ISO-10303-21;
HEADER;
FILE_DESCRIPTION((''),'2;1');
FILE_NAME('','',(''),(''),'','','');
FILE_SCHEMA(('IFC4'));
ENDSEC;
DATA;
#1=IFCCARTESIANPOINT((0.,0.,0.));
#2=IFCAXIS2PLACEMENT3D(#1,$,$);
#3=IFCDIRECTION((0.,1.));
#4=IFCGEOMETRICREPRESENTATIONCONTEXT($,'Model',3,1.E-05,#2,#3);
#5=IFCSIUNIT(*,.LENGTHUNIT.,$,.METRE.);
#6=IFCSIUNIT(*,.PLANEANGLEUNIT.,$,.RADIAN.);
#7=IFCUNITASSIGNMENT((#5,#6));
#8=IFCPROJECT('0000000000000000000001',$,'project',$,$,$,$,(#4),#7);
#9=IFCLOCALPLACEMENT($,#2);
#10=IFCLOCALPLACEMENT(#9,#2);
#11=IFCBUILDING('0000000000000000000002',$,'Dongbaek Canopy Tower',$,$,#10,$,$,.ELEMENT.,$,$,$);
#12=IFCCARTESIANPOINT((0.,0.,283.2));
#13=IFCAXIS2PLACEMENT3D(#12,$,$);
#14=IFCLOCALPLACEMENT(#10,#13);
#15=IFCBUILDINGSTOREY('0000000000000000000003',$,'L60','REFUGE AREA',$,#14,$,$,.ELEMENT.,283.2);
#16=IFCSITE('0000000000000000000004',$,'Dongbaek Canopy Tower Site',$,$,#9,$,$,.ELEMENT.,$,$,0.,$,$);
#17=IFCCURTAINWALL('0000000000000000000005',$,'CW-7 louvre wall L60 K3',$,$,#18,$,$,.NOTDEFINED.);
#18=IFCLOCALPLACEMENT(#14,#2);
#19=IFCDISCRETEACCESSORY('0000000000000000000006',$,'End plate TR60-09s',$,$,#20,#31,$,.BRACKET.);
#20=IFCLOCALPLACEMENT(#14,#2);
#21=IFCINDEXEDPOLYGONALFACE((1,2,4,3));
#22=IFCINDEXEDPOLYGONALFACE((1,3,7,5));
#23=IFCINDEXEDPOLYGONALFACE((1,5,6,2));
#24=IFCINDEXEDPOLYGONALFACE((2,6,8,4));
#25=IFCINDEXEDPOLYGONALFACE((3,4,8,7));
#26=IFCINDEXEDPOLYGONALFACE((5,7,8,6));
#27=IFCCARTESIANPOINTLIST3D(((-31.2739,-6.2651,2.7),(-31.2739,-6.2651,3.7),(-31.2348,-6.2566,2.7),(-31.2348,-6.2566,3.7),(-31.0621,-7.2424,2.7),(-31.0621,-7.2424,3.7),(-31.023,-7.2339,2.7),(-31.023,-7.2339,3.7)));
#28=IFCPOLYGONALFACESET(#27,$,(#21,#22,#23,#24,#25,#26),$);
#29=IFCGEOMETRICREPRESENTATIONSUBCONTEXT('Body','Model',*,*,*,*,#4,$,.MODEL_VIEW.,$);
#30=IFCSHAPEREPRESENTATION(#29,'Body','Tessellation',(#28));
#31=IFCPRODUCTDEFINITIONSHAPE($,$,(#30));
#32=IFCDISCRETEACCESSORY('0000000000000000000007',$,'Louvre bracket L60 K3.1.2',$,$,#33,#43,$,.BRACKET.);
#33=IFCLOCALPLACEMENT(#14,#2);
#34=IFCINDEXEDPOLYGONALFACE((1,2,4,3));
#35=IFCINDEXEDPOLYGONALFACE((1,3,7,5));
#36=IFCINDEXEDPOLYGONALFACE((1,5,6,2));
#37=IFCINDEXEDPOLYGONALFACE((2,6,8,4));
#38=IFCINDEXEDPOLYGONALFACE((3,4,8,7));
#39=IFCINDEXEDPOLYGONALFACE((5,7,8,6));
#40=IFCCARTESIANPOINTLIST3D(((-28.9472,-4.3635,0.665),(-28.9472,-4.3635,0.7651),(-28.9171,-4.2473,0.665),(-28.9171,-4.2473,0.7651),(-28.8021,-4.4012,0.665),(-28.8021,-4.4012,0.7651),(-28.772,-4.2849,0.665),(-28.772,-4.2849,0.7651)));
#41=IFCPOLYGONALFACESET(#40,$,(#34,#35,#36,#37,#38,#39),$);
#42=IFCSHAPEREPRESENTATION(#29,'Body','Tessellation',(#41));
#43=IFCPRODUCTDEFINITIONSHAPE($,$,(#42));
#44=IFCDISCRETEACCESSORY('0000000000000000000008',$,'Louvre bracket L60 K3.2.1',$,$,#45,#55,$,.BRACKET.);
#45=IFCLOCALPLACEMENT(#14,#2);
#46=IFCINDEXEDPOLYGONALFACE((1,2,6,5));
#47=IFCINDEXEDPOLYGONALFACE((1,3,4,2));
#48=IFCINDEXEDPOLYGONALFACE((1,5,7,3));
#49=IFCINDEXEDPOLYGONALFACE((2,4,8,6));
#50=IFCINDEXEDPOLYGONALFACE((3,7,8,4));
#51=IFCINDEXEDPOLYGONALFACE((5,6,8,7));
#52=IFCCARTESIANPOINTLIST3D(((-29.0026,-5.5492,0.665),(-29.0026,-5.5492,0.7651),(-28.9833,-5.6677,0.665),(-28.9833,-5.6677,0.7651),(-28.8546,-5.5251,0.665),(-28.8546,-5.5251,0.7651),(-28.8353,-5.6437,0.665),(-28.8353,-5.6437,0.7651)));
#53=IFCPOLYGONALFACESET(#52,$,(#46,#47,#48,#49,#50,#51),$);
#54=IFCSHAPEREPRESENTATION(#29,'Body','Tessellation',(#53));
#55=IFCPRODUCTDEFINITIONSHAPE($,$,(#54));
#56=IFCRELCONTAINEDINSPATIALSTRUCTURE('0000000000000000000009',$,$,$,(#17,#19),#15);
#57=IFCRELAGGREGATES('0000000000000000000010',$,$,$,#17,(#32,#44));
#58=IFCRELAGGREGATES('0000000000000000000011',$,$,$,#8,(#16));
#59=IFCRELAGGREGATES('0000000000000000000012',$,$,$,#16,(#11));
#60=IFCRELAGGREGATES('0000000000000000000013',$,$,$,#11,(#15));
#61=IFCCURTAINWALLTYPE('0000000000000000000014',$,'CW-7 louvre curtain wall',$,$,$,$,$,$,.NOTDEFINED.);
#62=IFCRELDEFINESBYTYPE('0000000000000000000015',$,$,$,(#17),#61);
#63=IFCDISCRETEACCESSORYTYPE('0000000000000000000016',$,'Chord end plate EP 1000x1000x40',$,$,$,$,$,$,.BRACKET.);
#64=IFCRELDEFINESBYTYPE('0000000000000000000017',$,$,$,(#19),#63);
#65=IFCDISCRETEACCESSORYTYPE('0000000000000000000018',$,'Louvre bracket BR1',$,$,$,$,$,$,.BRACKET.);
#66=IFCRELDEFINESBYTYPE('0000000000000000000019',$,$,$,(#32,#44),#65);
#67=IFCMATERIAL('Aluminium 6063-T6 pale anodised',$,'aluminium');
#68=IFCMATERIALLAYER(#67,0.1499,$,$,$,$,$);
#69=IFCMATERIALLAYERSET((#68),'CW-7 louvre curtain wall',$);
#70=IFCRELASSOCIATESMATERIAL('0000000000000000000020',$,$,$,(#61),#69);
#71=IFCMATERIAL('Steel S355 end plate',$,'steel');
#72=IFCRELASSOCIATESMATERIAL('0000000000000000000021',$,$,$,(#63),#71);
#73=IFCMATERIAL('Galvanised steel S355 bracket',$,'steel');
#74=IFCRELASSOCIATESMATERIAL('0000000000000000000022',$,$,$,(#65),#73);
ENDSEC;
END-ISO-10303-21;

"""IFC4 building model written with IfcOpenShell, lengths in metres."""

from ifc_helpers import new_model, si_unit, direction, frame, origin, origin_2d, place, context, subcontext, project, spatial, rectangle, extrude, material, layer, layer_set, type_object, element, aggregate, save


model = new_model("IFC4")

# Units and contexts
model_context = context("Model", 3, precision=1e-05, world=origin(), true_north=direction((0.0, 1.0)))
body_context = subcontext(model_context, "Body", "Model", "MODEL_VIEW")
ifc_project = project(units=[si_unit("LENGTHUNIT", "METRE"), si_unit("PLANEANGLEUNIT", "RADIAN")], contexts=[model_context])

# Site, building, storey
site_placement = place(None, origin())
site = spatial("IfcSite", under=ifc_project, at=site_placement, Name="Dongbaek Canopy Tower Site", CompositionType="ELEMENT", RefElevation=0.0)
building_placement = place(site_placement, origin())
building = spatial("IfcBuilding", under=site, at=building_placement, Name="Dongbaek Canopy Tower", CompositionType="ELEMENT")
storey_placement = place(building_placement, frame((0.0, 0.0, 283.2)))
storey = spatial("IfcBuildingStorey", under=building, at=storey_placement, Name="L60", Description="REFUGE AREA", CompositionType="ELEMENT", Elevation=283.2)

# Curtain wall
ifc_material_1 = material(Name="Aluminium 6063-T6 pale anodised", Category="aluminium")
ifc_layer_1 = layer(ifc_material_1, 0.1499)
ifc_layer_set_1 = layer_set([ifc_layer_1], Name="CW-7 louvre curtain wall")
curtain_wall_type = type_object("IfcCurtainWallType", Name="CW-7 louvre curtain wall", PredefinedType="NOTDEFINED", material=ifc_layer_set_1)
curtain_wall_placement = place(storey_placement, origin())
curtain_wall = element("IfcCurtainWall", 1, at=curtain_wall_placement, inside=storey, type_object=curtain_wall_type, Name="CW-7 louvre wall L60 K3", PredefinedType="NOTDEFINED")

# Discrete accessories
ifc_material_2 = material(Name="Steel S355 end plate", Category="steel")
discrete_accessory_type_1 = type_object("IfcDiscreteAccessoryType", Name="Chord end plate EP 1000x1000x40", PredefinedType="BRACKET", material=ifc_material_2)
discrete_accessory_1_placement = place(storey_placement, frame((-31.1484, -6.7495, 2.7), z_axis=(0.0, 0.0, 1.0), x_axis=(0.977319, 0.211772, 0.0)))
element("IfcDiscreteAccessory", 2, at=discrete_accessory_1_placement, inside=storey, type_object=discrete_accessory_type_1, Name="End plate TR60-09s", PredefinedType="BRACKET", context=body_context, shape_type="SweptSolid", body=[
    extrude(rectangle(XDim=0.04, YDim=1.0, at=origin_2d()), origin(), (0.0, 0.0, 1.0), 1.0),
])
ifc_material_3 = material(Name="Galvanised steel S355 bracket", Category="steel")
discrete_accessory_type_2 = type_object("IfcDiscreteAccessoryType", Name="Louvre bracket BR1", PredefinedType="BRACKET", material=ifc_material_3)
discrete_accessory_2_placement = place(storey_placement, frame((-28.8596, -4.3242, 0.665), z_axis=(0.0, 0.0, 1.0), x_axis=(-0.25098, -0.967992, 0.0)))
discrete_accessory_2 = element("IfcDiscreteAccessory", 3, at=discrete_accessory_2_placement, type_object=discrete_accessory_type_2, Name="Louvre bracket L60 K3.1.2", PredefinedType="BRACKET", context=body_context, shape_type="SweptSolid", body=[
    extrude(rectangle(XDim=0.1201, YDim=0.1499, at=origin_2d()), origin(), (0.0, 0.0, 1.0), 0.1001),
])
discrete_accessory_3_placement = place(storey_placement, frame((-28.9189, -5.5964, 0.665), z_axis=(0.0, 0.0, 1.0), x_axis=(0.16049, -0.987037, 0.0)))
discrete_accessory_3 = element("IfcDiscreteAccessory", 4, at=discrete_accessory_3_placement, type_object=discrete_accessory_type_2, Name="Louvre bracket L60 K3.2.1", PredefinedType="BRACKET", context=body_context, shape_type="SweptSolid", body=[
    extrude(rectangle(XDim=0.1201, YDim=0.1499, at=origin_2d()), origin(), (0.0, 0.0, 1.0), 0.1001),
])
aggregate(curtain_wall, [discrete_accessory_2, discrete_accessory_3])

save(model, "model.ifc")
